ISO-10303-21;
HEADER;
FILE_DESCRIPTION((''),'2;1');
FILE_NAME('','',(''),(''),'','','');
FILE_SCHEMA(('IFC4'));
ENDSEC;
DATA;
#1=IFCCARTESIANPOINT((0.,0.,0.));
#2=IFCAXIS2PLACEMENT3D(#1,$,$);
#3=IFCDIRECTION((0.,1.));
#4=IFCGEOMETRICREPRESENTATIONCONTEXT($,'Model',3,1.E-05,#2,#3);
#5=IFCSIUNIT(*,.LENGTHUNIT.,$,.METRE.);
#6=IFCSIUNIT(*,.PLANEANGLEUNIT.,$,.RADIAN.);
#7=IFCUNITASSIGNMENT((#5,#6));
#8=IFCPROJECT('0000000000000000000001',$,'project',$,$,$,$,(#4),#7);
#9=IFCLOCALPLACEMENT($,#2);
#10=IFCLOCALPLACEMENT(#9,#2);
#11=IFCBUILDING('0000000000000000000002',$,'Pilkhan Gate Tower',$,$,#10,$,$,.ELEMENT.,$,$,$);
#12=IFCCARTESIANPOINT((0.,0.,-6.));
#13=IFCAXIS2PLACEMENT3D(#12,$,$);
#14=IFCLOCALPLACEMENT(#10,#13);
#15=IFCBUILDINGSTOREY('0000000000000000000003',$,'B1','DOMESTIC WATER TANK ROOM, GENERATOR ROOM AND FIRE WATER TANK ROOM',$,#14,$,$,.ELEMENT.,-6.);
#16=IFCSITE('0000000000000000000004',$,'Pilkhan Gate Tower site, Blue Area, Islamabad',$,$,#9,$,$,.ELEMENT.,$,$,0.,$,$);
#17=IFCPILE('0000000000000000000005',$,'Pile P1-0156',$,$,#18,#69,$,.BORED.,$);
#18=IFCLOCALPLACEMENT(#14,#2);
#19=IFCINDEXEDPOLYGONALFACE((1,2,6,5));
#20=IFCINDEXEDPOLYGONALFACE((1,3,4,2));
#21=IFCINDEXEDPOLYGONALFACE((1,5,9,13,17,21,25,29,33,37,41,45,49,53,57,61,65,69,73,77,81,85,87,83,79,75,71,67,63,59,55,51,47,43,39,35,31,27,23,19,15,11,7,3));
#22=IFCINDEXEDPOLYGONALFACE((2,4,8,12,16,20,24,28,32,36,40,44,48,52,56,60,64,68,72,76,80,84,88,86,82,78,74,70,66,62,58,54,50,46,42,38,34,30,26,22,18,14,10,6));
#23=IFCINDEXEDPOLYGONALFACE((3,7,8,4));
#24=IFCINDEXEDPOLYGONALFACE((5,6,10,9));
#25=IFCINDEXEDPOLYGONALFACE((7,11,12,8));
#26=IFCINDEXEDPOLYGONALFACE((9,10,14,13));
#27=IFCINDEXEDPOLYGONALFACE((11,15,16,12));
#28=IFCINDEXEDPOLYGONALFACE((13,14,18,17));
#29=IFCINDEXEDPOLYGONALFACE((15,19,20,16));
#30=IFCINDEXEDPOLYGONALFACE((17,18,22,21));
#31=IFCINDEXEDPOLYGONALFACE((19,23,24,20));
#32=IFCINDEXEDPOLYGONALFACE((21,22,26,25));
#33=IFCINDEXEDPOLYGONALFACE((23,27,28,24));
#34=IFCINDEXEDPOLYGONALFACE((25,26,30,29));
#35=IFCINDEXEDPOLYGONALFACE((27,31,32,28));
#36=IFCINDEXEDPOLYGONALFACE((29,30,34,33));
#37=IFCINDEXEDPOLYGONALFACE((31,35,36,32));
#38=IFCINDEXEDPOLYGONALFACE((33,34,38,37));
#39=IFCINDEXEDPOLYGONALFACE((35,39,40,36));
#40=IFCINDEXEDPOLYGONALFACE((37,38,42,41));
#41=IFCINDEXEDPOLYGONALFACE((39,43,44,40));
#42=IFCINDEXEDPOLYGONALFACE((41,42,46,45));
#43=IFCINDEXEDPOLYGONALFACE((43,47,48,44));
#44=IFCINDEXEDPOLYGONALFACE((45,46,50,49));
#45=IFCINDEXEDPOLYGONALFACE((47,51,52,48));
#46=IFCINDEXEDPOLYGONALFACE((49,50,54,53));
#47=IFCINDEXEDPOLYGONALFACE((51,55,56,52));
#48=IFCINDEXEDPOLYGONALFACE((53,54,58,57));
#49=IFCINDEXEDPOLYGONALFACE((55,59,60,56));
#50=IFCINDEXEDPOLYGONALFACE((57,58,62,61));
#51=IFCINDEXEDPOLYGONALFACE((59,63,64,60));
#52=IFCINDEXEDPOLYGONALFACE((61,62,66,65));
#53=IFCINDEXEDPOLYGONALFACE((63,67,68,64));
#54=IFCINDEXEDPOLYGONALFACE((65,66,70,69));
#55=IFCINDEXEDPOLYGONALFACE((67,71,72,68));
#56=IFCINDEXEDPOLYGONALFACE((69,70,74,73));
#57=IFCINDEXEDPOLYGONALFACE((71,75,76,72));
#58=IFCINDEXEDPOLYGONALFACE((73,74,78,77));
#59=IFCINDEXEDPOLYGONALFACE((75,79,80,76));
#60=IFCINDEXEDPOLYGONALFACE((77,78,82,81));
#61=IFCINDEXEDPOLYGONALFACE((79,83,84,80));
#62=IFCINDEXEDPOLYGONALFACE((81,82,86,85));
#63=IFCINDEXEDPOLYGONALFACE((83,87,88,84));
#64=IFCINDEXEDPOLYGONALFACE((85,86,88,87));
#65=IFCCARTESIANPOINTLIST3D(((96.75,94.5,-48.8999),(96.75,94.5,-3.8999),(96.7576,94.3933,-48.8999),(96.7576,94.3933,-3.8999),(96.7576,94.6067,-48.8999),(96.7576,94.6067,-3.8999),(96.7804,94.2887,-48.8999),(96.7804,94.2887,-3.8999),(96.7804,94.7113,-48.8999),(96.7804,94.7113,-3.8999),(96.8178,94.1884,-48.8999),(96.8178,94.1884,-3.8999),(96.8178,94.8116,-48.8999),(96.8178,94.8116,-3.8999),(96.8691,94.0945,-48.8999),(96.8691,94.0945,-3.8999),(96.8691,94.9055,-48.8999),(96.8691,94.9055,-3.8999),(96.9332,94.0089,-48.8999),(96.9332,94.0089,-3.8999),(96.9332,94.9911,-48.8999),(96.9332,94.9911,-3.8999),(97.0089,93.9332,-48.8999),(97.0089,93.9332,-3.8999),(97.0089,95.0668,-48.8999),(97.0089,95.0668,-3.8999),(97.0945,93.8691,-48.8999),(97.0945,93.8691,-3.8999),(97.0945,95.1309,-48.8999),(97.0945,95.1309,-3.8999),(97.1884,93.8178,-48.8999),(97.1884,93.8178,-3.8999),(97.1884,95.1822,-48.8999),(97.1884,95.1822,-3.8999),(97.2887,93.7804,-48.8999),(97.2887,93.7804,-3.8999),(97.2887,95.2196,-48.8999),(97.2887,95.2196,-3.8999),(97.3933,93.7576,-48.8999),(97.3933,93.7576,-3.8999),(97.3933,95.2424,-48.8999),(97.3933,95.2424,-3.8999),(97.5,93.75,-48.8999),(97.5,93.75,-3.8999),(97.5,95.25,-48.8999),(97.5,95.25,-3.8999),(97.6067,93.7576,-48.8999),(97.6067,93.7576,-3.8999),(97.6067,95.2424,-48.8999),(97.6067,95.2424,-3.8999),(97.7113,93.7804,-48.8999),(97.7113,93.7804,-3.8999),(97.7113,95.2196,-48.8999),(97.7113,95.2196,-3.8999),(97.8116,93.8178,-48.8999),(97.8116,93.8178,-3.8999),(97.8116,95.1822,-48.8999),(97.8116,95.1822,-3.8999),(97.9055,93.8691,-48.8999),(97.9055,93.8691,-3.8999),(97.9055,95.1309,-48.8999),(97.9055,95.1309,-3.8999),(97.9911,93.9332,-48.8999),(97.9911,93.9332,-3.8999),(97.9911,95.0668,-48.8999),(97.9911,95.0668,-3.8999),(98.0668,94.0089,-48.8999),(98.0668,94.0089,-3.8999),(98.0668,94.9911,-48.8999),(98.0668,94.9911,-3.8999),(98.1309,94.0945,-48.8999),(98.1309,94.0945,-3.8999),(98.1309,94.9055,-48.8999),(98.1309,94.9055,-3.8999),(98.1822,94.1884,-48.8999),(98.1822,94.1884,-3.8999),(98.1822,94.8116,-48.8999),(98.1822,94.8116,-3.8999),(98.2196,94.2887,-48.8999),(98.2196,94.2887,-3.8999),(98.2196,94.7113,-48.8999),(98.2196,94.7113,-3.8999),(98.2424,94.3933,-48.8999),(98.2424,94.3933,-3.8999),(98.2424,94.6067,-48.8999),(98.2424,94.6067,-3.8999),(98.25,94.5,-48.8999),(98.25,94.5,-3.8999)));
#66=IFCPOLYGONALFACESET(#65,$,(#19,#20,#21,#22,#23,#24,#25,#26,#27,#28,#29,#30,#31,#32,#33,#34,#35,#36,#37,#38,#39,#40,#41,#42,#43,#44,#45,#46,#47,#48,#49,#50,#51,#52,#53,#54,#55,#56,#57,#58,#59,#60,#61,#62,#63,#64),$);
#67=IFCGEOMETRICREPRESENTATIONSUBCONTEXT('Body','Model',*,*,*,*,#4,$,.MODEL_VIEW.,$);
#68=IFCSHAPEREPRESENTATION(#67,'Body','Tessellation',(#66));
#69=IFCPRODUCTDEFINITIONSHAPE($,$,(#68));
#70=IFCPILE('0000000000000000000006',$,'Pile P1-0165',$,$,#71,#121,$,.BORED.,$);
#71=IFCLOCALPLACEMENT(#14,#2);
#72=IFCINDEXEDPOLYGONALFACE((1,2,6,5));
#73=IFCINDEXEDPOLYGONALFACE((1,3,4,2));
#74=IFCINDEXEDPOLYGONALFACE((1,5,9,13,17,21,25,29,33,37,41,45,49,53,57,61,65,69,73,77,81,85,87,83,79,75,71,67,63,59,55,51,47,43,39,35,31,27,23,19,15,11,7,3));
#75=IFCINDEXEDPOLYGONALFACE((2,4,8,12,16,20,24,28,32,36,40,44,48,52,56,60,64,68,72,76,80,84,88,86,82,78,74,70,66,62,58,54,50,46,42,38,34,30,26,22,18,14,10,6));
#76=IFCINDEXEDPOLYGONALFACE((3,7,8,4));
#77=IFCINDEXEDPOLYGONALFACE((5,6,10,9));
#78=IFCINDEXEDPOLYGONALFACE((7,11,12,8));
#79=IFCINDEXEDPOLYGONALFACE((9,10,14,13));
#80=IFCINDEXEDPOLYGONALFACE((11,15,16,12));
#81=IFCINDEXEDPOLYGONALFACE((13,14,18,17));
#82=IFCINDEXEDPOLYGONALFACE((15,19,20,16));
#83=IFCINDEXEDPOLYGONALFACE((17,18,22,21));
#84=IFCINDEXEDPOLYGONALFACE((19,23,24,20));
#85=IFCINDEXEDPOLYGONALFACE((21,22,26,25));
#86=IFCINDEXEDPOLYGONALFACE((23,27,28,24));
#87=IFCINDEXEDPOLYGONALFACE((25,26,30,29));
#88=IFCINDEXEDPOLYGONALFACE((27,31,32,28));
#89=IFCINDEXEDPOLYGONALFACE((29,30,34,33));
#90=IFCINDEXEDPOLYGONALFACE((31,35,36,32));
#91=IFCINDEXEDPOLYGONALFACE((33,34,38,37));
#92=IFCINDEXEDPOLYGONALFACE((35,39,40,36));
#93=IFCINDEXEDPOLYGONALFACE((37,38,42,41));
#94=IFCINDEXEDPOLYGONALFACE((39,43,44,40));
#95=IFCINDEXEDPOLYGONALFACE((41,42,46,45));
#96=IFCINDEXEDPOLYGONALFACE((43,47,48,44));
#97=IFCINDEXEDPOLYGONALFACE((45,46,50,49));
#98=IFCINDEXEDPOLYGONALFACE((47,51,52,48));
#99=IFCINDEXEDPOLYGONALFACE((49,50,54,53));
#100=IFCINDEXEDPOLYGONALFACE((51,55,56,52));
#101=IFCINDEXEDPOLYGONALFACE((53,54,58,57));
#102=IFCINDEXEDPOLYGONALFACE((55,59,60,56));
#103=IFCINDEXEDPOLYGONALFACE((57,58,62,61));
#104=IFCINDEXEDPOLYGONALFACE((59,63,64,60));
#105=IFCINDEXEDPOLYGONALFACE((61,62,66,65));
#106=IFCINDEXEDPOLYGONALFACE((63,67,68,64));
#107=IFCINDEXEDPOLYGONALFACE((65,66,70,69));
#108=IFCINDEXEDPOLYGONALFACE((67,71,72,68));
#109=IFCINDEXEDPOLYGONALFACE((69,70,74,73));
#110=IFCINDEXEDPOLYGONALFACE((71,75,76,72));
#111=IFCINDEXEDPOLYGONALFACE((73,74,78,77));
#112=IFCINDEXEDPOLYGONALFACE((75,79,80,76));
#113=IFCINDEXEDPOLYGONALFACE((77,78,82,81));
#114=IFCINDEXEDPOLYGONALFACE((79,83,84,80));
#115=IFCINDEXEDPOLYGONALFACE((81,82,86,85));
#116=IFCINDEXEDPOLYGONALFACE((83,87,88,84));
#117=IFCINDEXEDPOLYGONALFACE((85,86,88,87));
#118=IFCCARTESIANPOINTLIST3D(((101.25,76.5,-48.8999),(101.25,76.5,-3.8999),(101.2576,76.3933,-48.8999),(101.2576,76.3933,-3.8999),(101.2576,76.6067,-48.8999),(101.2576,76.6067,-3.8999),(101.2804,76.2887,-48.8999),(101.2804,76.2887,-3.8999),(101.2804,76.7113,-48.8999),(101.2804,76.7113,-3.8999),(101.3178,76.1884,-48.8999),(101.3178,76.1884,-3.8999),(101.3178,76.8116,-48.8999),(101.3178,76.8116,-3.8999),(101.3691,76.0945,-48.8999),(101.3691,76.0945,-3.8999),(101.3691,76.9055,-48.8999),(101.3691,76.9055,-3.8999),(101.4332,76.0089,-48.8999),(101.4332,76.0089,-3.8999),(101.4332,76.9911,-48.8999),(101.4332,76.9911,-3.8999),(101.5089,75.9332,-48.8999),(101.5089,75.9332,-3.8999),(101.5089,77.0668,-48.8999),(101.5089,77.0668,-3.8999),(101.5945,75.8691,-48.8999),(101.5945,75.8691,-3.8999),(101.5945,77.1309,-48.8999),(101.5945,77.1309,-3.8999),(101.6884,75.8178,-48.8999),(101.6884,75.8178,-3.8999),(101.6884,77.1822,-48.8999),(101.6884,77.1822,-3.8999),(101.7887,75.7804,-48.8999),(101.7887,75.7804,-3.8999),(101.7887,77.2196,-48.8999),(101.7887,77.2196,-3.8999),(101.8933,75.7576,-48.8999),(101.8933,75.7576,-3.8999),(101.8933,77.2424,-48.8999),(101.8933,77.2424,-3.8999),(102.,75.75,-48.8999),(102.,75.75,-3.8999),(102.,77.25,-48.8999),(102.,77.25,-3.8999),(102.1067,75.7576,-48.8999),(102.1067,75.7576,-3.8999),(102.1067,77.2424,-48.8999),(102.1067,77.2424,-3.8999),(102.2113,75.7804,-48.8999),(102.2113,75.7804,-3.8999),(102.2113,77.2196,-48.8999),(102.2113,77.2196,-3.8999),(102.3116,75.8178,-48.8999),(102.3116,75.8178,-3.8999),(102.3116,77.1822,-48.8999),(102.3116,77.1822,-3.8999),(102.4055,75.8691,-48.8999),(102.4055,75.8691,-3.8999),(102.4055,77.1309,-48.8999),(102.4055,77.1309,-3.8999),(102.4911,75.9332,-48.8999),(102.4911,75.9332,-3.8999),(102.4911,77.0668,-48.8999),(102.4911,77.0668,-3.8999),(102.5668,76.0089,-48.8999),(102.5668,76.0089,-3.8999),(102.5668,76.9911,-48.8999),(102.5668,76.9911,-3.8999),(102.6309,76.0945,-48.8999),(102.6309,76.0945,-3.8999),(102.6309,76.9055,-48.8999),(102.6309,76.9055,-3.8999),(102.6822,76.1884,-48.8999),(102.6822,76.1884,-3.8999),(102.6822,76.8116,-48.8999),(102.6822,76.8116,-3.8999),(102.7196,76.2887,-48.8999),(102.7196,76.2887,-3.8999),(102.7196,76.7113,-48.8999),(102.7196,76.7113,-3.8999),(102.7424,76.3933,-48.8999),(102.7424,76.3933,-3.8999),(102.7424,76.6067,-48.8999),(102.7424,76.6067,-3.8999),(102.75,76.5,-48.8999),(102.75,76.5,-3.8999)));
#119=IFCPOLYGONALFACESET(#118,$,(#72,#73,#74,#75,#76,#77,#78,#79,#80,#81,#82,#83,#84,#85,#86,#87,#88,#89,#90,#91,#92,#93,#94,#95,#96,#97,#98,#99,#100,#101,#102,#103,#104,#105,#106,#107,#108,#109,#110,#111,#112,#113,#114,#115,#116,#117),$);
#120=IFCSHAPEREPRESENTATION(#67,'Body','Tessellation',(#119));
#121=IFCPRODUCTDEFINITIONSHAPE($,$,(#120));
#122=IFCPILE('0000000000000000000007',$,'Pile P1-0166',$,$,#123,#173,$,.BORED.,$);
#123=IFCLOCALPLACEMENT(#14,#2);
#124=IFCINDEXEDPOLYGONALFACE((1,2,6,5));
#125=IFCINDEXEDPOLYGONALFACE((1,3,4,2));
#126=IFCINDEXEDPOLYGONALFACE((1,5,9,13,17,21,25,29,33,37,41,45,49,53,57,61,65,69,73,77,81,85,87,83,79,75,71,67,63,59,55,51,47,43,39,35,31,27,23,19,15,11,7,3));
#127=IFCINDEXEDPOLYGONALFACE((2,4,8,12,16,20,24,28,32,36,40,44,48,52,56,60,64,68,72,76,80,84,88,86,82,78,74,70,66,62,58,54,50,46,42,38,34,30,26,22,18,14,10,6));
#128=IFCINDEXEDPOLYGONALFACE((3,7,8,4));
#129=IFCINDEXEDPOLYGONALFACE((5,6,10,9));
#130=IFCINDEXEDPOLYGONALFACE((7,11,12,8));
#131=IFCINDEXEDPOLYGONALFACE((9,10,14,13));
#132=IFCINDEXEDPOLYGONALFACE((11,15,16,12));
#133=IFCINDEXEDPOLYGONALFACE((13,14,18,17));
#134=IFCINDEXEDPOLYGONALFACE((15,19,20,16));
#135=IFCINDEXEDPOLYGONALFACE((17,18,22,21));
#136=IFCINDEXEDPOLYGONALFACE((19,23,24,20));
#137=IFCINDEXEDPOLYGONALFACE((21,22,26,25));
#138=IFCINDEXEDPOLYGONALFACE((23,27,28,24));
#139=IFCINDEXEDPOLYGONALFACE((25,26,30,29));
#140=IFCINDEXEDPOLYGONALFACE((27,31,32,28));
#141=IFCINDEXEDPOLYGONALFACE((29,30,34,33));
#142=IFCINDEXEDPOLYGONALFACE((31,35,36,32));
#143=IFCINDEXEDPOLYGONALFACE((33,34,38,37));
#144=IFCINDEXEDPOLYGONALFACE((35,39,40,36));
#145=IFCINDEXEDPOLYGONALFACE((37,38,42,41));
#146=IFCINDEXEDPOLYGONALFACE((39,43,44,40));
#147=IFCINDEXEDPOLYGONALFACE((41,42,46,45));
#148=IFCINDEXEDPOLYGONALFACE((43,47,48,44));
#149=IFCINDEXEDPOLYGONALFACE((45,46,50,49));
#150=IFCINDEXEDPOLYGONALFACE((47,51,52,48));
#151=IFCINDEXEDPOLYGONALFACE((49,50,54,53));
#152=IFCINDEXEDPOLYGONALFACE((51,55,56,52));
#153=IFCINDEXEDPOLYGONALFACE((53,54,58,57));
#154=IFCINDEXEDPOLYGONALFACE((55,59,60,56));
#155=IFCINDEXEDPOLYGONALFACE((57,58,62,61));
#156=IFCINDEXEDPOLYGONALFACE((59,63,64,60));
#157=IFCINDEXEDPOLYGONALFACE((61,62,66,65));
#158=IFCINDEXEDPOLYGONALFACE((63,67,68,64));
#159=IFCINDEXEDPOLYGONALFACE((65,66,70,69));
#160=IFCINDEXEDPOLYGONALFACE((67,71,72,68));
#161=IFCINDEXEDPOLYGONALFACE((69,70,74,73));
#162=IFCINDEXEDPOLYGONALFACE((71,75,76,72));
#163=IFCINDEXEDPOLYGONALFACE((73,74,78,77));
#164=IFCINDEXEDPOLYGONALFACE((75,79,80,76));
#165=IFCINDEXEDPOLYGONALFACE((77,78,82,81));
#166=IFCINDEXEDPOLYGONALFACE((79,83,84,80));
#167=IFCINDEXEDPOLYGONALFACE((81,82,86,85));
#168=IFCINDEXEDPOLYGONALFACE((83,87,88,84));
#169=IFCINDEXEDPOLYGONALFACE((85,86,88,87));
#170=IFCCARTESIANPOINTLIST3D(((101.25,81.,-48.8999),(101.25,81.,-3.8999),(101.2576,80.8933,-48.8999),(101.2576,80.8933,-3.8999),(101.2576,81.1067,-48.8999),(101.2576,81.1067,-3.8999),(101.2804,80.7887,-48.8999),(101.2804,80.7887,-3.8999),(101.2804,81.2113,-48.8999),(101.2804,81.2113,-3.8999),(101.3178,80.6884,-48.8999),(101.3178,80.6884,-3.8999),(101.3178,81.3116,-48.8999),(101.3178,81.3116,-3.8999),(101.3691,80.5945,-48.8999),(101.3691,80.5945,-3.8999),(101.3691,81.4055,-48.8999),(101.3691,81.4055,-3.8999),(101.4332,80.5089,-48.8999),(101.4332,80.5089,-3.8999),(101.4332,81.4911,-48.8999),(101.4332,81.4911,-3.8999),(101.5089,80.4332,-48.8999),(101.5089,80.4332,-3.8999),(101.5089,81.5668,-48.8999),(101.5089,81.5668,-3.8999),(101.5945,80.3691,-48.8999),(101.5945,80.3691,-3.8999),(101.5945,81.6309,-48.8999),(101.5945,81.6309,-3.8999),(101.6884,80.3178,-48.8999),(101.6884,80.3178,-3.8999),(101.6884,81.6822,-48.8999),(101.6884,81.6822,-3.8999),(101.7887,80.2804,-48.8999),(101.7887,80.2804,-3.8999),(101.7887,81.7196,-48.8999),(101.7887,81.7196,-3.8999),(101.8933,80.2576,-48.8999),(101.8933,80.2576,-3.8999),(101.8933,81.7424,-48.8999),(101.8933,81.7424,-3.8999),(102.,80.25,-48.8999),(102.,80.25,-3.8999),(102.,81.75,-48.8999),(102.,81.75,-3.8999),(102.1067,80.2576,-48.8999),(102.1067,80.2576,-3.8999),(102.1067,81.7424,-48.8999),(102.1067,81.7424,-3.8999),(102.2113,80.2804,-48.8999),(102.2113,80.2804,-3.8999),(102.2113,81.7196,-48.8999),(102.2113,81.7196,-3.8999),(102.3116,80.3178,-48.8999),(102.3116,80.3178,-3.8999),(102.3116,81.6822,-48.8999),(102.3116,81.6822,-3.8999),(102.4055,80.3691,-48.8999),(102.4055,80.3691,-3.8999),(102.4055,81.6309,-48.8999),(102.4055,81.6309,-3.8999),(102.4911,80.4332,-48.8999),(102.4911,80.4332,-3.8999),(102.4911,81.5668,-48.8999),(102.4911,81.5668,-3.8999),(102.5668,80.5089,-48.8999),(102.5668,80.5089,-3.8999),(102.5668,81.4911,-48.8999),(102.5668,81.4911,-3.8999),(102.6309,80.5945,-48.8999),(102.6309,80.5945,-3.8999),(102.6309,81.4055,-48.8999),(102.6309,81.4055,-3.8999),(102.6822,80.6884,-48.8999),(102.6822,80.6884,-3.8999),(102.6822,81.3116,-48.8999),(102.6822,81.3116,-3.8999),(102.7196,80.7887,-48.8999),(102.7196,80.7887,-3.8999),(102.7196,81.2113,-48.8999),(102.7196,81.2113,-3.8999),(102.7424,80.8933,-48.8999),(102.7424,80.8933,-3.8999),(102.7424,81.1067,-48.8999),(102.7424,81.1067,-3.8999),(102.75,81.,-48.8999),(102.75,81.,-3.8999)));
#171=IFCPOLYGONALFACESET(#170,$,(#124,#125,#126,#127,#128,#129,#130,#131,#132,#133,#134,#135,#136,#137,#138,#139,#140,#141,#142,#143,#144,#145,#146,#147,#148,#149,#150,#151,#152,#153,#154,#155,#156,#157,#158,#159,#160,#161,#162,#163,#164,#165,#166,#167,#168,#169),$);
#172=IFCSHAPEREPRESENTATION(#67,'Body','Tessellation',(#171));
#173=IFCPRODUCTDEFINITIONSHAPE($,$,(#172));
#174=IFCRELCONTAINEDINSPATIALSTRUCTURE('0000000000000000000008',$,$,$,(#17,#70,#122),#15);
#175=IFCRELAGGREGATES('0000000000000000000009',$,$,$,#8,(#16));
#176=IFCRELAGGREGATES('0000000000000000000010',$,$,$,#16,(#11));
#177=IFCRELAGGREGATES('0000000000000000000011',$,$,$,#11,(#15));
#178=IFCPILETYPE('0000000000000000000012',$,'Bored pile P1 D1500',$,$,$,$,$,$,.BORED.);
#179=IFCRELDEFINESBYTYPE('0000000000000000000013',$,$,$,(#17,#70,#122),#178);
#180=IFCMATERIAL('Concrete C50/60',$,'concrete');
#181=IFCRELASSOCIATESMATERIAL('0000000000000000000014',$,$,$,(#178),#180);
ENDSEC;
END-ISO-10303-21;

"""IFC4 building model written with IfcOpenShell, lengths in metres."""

from ifc_helpers import new_model, si_unit, direction, frame, origin, origin_2d, place, context, subcontext, project, spatial, circle, extrude, material, material_profile, profile_set, type_object, element, save


model = new_model("IFC4")

# Units and contexts
model_context = context("Model", 3, precision=1e-05, world=origin(), true_north=direction((0.0, 1.0)))
body_context = subcontext(model_context, "Body", "Model", "MODEL_VIEW")
ifc_project = project(units=[si_unit("LENGTHUNIT", "METRE"), si_unit("PLANEANGLEUNIT", "RADIAN")], contexts=[model_context])

# Site, building, storey
site_placement = place(None, origin())
site = spatial("IfcSite", under=ifc_project, at=site_placement, Name="Pilkhan Gate Tower site, Blue Area, Islamabad", CompositionType="ELEMENT", RefElevation=0.0)
building_placement = place(site_placement, origin())
building = spatial("IfcBuilding", under=site, at=building_placement, Name="Pilkhan Gate Tower", CompositionType="ELEMENT")
storey_placement = place(building_placement, frame((0.0, 0.0, -6.0)))
storey = spatial("IfcBuildingStorey", under=building, at=storey_placement, Name="B1", Description="DOMESTIC WATER TANK ROOM, GENERATOR ROOM AND FIRE WATER TANK ROOM", CompositionType="ELEMENT", Elevation=-6.0)

# Piles
ifc_material_1 = material(Name="Concrete C50/60", Category="concrete")
ifc_material_profile_1 = material_profile(ifc_material_1, circle(Radius=0.75, at=origin_2d()), Name="Bored pile 1500 dia")
ifc_profile_set_1 = profile_set([ifc_material_profile_1], Name="Concrete C50/60")
pile_type = type_object("IfcPileType", Name="Bored pile P1 D1500", PredefinedType="BORED", material=ifc_profile_set_1)
for number, where, z_axis, x_axis, name in (
    (1, (97.5, 94.5, -3.8999), (0.0, 0.0, -1.0), (1.0, 0.0, 0.0), "Pile P1-0156"),
    (2, (102.0, 76.5, -3.8999), (0.0, 0.0, -1.0), (1.0, 0.0, 0.0), "Pile P1-0165"),
    (3, (102.0, 81.0, -3.8999), (0.0, 0.0, -1.0), (1.0, 0.0, 0.0), "Pile P1-0166"),
):
    element("IfcPile", number, at=place(storey_placement, frame(where, z_axis=z_axis, x_axis=x_axis)), inside=storey, type_object=pile_type, Name=name, PredefinedType="BORED", context=body_context, shape_type="SweptSolid", body=[
        extrude(circle(Radius=0.75, at=origin_2d()), origin(), (0.0, 0.0, 1.0), 45.0),
    ])

save(model, "model.ifc")
